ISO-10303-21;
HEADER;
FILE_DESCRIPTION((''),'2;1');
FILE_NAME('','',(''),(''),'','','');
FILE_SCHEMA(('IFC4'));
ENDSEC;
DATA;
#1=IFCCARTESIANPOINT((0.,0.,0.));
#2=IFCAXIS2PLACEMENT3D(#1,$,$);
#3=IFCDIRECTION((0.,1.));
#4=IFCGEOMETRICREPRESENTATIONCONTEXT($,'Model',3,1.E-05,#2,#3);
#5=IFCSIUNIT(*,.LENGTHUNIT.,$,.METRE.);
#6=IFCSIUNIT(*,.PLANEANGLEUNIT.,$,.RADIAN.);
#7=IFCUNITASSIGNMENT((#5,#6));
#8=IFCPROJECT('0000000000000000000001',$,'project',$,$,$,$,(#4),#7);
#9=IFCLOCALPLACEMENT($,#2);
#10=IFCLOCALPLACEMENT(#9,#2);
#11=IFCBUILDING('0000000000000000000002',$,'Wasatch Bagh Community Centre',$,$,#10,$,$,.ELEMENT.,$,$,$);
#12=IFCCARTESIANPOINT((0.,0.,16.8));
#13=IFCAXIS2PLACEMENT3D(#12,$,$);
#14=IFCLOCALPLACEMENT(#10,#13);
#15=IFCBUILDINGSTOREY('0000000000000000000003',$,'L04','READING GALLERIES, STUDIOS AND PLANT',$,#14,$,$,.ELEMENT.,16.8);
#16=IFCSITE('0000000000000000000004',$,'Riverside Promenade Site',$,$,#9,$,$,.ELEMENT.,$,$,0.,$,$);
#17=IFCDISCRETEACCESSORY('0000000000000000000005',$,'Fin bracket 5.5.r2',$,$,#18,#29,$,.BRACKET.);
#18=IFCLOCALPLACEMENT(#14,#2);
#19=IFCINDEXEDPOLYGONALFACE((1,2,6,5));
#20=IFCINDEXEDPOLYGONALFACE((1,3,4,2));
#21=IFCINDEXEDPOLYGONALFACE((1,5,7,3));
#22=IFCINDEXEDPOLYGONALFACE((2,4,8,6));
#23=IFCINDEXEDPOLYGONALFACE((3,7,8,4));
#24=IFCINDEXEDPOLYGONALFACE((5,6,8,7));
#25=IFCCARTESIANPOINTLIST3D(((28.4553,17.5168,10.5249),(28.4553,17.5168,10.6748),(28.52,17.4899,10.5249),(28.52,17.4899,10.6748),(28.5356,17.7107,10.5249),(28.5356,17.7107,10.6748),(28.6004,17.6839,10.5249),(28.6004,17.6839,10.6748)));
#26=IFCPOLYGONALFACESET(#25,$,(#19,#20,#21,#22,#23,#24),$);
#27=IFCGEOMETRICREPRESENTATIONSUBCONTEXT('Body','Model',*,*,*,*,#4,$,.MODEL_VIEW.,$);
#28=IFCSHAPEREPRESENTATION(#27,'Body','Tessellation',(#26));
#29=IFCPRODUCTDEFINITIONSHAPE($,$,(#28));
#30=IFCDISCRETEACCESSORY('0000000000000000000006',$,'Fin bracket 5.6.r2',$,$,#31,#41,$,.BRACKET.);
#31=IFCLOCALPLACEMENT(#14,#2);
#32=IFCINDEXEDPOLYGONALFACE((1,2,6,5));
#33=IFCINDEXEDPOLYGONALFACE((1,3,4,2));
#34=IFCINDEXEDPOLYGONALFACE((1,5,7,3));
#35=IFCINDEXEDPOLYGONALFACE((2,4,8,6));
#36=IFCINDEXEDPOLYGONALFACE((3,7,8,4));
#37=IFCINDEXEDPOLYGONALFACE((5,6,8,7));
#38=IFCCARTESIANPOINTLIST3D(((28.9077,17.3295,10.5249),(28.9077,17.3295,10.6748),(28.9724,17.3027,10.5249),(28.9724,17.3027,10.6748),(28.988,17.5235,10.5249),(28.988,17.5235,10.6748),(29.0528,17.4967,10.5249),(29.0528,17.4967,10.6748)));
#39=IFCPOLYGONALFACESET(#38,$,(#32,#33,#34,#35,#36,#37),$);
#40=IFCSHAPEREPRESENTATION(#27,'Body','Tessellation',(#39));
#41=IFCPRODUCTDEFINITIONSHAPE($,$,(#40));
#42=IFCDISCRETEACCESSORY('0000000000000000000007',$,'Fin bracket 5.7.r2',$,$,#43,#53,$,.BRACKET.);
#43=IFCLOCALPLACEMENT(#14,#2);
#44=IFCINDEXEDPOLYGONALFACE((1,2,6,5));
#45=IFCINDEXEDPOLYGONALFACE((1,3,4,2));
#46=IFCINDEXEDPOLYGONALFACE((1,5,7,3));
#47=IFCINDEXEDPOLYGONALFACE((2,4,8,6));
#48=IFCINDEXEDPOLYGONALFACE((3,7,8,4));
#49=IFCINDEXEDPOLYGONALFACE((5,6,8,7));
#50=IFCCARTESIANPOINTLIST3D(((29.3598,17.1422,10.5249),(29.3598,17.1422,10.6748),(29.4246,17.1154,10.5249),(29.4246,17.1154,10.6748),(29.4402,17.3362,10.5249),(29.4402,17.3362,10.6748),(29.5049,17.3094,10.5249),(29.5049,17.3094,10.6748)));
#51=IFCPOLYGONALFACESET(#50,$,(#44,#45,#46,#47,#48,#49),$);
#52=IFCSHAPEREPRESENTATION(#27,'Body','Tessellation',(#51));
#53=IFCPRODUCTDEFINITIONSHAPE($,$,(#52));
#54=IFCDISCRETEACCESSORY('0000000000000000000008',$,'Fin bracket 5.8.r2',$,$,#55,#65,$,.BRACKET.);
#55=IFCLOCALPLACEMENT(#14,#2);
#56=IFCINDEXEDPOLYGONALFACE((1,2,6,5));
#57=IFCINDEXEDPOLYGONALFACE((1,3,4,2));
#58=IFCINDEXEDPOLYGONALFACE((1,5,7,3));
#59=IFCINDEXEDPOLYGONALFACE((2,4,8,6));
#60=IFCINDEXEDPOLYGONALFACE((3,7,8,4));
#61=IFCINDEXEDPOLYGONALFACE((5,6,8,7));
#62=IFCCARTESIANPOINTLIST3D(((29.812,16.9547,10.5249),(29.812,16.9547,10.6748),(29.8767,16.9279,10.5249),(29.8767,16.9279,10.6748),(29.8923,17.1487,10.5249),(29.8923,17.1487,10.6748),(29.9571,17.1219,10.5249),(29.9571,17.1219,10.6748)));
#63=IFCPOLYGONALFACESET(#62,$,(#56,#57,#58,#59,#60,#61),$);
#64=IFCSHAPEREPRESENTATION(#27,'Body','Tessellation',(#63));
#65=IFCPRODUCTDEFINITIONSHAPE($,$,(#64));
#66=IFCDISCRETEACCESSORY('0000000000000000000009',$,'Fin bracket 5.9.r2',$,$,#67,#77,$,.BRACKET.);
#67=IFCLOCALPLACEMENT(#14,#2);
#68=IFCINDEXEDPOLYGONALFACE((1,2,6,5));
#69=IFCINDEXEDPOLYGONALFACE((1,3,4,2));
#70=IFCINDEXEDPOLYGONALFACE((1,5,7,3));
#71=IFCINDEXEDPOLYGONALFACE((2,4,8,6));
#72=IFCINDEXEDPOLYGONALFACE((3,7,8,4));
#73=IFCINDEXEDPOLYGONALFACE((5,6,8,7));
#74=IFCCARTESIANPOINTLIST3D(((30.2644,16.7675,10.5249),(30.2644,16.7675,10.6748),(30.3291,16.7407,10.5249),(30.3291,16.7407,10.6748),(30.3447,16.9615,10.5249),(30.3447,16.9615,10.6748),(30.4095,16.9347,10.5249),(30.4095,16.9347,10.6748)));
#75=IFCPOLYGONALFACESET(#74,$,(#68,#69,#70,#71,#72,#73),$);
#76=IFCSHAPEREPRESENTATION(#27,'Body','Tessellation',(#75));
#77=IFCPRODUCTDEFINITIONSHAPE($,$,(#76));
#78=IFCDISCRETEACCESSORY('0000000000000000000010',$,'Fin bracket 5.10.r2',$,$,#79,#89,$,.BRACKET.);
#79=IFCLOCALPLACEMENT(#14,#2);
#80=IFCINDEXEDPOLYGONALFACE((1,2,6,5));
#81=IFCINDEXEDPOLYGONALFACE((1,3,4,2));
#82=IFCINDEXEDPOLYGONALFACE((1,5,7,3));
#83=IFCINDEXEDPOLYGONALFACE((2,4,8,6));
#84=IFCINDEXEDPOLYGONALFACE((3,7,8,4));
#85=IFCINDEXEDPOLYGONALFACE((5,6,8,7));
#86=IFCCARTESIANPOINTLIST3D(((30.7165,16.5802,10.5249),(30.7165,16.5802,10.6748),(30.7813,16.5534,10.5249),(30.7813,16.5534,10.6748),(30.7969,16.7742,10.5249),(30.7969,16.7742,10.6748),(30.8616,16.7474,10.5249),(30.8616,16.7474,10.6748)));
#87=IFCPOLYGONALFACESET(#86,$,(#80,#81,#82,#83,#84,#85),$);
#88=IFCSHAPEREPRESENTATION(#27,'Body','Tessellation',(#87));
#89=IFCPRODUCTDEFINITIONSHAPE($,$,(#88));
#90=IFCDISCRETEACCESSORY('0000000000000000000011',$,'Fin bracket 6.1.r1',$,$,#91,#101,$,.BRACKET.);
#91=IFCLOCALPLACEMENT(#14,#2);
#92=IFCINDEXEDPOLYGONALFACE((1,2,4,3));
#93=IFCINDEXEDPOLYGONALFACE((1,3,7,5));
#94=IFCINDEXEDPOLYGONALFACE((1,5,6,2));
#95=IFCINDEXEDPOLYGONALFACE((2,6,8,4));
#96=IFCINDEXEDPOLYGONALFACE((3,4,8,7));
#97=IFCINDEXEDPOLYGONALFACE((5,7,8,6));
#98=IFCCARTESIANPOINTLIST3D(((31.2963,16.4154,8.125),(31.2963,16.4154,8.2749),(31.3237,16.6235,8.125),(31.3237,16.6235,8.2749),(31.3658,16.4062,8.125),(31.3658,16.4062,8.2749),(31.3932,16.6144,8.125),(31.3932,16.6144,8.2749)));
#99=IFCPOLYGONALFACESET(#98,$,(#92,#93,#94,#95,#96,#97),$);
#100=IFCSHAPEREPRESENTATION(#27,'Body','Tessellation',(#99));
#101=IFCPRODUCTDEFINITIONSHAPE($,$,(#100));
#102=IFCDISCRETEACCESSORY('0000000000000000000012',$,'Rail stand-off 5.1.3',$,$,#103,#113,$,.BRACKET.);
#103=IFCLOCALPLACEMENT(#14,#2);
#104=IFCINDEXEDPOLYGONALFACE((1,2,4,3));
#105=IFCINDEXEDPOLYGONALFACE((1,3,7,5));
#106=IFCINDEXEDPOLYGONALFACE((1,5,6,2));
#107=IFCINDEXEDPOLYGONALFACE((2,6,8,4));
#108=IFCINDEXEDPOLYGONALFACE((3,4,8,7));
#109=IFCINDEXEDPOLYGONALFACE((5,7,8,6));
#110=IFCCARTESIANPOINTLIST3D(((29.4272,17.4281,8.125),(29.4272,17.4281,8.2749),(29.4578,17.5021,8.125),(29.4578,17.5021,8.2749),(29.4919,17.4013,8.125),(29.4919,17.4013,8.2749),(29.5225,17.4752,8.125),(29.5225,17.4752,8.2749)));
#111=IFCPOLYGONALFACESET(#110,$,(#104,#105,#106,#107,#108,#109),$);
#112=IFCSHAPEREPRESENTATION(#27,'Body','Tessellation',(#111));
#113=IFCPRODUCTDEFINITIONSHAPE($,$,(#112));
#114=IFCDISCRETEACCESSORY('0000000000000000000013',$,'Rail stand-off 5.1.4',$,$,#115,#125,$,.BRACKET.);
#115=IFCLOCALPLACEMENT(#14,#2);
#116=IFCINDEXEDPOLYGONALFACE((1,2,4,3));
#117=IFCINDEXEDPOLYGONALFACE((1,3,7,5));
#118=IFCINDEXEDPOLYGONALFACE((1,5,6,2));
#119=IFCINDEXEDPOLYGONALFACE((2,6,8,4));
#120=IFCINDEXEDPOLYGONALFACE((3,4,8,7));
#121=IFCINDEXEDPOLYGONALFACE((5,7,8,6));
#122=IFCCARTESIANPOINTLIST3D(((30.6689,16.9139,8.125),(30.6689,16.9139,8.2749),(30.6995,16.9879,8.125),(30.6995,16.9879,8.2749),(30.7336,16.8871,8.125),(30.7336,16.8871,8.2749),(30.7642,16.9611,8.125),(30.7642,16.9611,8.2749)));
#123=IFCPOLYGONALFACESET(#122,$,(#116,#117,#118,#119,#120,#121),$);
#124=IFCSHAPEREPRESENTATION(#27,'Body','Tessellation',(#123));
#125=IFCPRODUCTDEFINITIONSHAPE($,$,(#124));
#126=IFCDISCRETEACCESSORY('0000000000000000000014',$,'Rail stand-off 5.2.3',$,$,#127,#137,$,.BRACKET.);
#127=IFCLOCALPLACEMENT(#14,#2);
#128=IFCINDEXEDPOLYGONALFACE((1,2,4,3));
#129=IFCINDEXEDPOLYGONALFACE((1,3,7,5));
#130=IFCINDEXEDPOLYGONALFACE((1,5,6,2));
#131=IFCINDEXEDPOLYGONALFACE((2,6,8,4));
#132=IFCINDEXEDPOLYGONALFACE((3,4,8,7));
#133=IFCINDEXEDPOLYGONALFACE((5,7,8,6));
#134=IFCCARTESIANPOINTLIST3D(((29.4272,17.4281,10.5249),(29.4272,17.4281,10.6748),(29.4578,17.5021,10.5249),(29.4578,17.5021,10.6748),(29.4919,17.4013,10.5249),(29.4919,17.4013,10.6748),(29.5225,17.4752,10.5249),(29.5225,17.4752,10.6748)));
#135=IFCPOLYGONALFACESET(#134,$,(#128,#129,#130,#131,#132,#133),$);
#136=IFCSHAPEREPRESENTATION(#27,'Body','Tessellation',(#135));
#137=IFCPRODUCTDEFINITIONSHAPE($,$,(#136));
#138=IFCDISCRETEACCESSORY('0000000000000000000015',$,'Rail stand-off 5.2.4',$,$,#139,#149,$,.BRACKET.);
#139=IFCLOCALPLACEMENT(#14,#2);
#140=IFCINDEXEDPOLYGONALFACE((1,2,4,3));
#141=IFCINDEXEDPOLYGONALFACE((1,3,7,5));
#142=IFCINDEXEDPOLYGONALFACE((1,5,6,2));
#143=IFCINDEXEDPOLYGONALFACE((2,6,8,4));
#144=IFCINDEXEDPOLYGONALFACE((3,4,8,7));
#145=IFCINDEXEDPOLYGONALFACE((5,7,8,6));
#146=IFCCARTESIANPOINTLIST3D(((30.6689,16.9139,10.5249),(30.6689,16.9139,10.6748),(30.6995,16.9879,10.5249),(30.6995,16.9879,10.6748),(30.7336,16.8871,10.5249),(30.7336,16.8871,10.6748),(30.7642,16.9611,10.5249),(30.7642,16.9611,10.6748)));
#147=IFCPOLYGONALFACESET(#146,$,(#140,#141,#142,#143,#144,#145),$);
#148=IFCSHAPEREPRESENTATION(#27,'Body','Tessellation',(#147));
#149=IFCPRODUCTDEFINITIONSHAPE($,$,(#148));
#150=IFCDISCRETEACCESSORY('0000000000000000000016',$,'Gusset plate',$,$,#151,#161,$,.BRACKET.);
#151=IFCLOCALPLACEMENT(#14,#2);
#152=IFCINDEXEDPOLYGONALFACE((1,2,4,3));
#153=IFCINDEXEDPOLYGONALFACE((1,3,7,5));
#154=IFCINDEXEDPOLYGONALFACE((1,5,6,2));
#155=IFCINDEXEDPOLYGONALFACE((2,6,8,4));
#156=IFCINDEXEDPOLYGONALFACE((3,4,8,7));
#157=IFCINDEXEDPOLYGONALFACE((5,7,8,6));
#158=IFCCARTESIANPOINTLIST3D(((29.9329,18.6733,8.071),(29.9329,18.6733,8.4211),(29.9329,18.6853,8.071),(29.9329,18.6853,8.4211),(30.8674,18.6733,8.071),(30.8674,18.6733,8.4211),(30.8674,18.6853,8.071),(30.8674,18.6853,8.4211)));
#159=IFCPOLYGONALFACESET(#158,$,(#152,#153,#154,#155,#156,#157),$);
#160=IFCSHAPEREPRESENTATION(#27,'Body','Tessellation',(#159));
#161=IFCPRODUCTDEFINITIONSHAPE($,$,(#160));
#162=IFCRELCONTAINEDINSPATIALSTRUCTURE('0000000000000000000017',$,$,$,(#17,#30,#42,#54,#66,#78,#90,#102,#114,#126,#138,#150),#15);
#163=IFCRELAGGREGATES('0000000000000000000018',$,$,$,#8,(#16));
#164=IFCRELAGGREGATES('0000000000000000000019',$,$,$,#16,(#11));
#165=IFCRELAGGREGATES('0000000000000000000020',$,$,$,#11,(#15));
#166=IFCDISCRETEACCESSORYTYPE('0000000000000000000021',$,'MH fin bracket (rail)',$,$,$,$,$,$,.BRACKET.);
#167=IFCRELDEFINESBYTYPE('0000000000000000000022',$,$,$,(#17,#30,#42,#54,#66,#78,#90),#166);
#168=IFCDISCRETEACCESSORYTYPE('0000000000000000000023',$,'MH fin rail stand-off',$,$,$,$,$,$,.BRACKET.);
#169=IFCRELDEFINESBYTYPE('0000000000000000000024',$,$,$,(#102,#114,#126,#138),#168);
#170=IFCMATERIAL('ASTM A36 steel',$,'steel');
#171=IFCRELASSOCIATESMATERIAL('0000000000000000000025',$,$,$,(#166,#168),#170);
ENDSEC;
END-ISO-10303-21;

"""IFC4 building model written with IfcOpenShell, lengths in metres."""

from ifc_helpers import new_model, si_unit, direction, frame, origin, origin_2d, place, context, subcontext, project, spatial, polyline, rectangle, outline, extrude, material, type_object, element, save


model = new_model("IFC4")

# Units and contexts
model_context = context("Model", 3, precision=1e-05, world=origin(), true_north=direction((0.0, 1.0)))
body_context = subcontext(model_context, "Body", "Model", "MODEL_VIEW")
ifc_project = project(units=[si_unit("LENGTHUNIT", "METRE"), si_unit("PLANEANGLEUNIT", "RADIAN")], contexts=[model_context])

# Site, building, storey
site_placement = place(None, origin())
site = spatial("IfcSite", under=ifc_project, at=site_placement, Name="Riverside Promenade Site", CompositionType="ELEMENT", RefElevation=0.0)
building_placement = place(site_placement, origin())
building = spatial("IfcBuilding", under=site, at=building_placement, Name="Wasatch Bagh Community Centre", CompositionType="ELEMENT")
storey_placement = place(building_placement, frame((0.0, 0.0, 16.8)))
storey = spatial("IfcBuildingStorey", under=building, at=storey_placement, Name="L04", Description="READING GALLERIES, STUDIOS AND PLANT", CompositionType="ELEMENT", Elevation=16.8)

# Discrete accessories
ifc_material_1 = material(Name="ASTM A36 steel", Category="steel")
discrete_accessory_type_1 = type_object("IfcDiscreteAccessoryType", Name="MH fin bracket (rail)", PredefinedType="BRACKET", material=ifc_material_1)
for number, where, z_axis, x_axis, name in (
    (1, (28.5278, 17.6003, 10.5249), (0.0, 0.0, 1.0), (0.92388, -0.382683, 0.0), "Fin bracket 5.5.r2"),
    (2, (28.9802, 17.4131, 10.5249), (0.0, 0.0, 1.0), (0.92388, -0.382683, 0.0), "Fin bracket 5.6.r2"),
    (3, (29.4324, 17.2258, 10.5249), (0.0, 0.0, 1.0), (0.92388, -0.382683, 0.0), "Fin bracket 5.7.r2"),
    (4, (29.8845, 17.0383, 10.5249), (0.0, 0.0, 1.0), (0.92388, -0.382683, 0.0), "Fin bracket 5.8.r2"),
    (5, (30.3369, 16.8511, 10.5249), (0.0, 0.0, 1.0), (0.92388, -0.382683, 0.0), "Fin bracket 5.9.r2"),
    (6, (30.7891, 16.6638, 10.5249), (0.0, 0.0, 1.0), (0.92388, -0.382683, 0.0), "Fin bracket 5.10.r2"),
    (7, (31.3447, 16.5149, 8.125), (0.0, 0.0, 1.0), (0.991445, -0.130526, 0.0), "Fin bracket 6.1.r1"),
):
    element("IfcDiscreteAccessory", number, at=place(storey_placement, frame(where, z_axis=z_axis, x_axis=x_axis)), inside=storey, type_object=discrete_accessory_type_1, Name=name, PredefinedType="BRACKET", context=body_context, shape_type="SweptSolid", body=[
        extrude(rectangle(XDim=0.0701, YDim=0.21, at=origin_2d()), origin(), (0.0, 0.0, 1.0), 0.1499),
    ])
discrete_accessory_type_2 = type_object("IfcDiscreteAccessoryType", Name="MH fin rail stand-off", PredefinedType="BRACKET", material=ifc_material_1)
for number, where, z_axis, x_axis, name in (
    (8, (29.4749, 17.4517, 8.125), (0.0, 0.0, 1.0), (0.92388, -0.382683, 0.0), "Rail stand-off 5.1.3"),
    (9, (30.7166, 16.9375, 8.125), (0.0, 0.0, 1.0), (0.92388, -0.382683, 0.0), "Rail stand-off 5.1.4"),
    (10, (29.4749, 17.4517, 10.5249), (0.0, 0.0, 1.0), (0.92388, -0.382683, 0.0), "Rail stand-off 5.2.3"),
    (11, (30.7166, 16.9375, 10.5249), (0.0, 0.0, 1.0), (0.92388, -0.382683, 0.0), "Rail stand-off 5.2.4"),
):
    element("IfcDiscreteAccessory", number, at=place(storey_placement, frame(where, z_axis=z_axis, x_axis=x_axis)), inside=storey, type_object=discrete_accessory_type_2, Name=name, PredefinedType="BRACKET", context=body_context, shape_type="SweptSolid", body=[
        extrude(rectangle(XDim=0.0701, YDim=0.0801, at=origin_2d()), origin(), (0.0, 0.0, 1.0), 0.1499),
    ])
discrete_accessory_placement = place(storey_placement, frame((29.9329, 18.6733, 8.071), z_axis=(0.0, -1.0, 0.0), x_axis=(1.0, 0.0, 0.0)))
element("IfcDiscreteAccessory", 12, at=discrete_accessory_placement, inside=storey, Name="Gusset plate", PredefinedType="BRACKET", context=body_context, shape_type="SweptSolid", body=[
    extrude(outline(polyline([(0.0, 0.0), (0.9346, 0.0), (0.9346, 0.3501), (0.0, 0.3501), (0.0, 0.0)])), origin(), (0.0, 0.0, -1.0), 0.012),
])

save(model, "model.ifc")
